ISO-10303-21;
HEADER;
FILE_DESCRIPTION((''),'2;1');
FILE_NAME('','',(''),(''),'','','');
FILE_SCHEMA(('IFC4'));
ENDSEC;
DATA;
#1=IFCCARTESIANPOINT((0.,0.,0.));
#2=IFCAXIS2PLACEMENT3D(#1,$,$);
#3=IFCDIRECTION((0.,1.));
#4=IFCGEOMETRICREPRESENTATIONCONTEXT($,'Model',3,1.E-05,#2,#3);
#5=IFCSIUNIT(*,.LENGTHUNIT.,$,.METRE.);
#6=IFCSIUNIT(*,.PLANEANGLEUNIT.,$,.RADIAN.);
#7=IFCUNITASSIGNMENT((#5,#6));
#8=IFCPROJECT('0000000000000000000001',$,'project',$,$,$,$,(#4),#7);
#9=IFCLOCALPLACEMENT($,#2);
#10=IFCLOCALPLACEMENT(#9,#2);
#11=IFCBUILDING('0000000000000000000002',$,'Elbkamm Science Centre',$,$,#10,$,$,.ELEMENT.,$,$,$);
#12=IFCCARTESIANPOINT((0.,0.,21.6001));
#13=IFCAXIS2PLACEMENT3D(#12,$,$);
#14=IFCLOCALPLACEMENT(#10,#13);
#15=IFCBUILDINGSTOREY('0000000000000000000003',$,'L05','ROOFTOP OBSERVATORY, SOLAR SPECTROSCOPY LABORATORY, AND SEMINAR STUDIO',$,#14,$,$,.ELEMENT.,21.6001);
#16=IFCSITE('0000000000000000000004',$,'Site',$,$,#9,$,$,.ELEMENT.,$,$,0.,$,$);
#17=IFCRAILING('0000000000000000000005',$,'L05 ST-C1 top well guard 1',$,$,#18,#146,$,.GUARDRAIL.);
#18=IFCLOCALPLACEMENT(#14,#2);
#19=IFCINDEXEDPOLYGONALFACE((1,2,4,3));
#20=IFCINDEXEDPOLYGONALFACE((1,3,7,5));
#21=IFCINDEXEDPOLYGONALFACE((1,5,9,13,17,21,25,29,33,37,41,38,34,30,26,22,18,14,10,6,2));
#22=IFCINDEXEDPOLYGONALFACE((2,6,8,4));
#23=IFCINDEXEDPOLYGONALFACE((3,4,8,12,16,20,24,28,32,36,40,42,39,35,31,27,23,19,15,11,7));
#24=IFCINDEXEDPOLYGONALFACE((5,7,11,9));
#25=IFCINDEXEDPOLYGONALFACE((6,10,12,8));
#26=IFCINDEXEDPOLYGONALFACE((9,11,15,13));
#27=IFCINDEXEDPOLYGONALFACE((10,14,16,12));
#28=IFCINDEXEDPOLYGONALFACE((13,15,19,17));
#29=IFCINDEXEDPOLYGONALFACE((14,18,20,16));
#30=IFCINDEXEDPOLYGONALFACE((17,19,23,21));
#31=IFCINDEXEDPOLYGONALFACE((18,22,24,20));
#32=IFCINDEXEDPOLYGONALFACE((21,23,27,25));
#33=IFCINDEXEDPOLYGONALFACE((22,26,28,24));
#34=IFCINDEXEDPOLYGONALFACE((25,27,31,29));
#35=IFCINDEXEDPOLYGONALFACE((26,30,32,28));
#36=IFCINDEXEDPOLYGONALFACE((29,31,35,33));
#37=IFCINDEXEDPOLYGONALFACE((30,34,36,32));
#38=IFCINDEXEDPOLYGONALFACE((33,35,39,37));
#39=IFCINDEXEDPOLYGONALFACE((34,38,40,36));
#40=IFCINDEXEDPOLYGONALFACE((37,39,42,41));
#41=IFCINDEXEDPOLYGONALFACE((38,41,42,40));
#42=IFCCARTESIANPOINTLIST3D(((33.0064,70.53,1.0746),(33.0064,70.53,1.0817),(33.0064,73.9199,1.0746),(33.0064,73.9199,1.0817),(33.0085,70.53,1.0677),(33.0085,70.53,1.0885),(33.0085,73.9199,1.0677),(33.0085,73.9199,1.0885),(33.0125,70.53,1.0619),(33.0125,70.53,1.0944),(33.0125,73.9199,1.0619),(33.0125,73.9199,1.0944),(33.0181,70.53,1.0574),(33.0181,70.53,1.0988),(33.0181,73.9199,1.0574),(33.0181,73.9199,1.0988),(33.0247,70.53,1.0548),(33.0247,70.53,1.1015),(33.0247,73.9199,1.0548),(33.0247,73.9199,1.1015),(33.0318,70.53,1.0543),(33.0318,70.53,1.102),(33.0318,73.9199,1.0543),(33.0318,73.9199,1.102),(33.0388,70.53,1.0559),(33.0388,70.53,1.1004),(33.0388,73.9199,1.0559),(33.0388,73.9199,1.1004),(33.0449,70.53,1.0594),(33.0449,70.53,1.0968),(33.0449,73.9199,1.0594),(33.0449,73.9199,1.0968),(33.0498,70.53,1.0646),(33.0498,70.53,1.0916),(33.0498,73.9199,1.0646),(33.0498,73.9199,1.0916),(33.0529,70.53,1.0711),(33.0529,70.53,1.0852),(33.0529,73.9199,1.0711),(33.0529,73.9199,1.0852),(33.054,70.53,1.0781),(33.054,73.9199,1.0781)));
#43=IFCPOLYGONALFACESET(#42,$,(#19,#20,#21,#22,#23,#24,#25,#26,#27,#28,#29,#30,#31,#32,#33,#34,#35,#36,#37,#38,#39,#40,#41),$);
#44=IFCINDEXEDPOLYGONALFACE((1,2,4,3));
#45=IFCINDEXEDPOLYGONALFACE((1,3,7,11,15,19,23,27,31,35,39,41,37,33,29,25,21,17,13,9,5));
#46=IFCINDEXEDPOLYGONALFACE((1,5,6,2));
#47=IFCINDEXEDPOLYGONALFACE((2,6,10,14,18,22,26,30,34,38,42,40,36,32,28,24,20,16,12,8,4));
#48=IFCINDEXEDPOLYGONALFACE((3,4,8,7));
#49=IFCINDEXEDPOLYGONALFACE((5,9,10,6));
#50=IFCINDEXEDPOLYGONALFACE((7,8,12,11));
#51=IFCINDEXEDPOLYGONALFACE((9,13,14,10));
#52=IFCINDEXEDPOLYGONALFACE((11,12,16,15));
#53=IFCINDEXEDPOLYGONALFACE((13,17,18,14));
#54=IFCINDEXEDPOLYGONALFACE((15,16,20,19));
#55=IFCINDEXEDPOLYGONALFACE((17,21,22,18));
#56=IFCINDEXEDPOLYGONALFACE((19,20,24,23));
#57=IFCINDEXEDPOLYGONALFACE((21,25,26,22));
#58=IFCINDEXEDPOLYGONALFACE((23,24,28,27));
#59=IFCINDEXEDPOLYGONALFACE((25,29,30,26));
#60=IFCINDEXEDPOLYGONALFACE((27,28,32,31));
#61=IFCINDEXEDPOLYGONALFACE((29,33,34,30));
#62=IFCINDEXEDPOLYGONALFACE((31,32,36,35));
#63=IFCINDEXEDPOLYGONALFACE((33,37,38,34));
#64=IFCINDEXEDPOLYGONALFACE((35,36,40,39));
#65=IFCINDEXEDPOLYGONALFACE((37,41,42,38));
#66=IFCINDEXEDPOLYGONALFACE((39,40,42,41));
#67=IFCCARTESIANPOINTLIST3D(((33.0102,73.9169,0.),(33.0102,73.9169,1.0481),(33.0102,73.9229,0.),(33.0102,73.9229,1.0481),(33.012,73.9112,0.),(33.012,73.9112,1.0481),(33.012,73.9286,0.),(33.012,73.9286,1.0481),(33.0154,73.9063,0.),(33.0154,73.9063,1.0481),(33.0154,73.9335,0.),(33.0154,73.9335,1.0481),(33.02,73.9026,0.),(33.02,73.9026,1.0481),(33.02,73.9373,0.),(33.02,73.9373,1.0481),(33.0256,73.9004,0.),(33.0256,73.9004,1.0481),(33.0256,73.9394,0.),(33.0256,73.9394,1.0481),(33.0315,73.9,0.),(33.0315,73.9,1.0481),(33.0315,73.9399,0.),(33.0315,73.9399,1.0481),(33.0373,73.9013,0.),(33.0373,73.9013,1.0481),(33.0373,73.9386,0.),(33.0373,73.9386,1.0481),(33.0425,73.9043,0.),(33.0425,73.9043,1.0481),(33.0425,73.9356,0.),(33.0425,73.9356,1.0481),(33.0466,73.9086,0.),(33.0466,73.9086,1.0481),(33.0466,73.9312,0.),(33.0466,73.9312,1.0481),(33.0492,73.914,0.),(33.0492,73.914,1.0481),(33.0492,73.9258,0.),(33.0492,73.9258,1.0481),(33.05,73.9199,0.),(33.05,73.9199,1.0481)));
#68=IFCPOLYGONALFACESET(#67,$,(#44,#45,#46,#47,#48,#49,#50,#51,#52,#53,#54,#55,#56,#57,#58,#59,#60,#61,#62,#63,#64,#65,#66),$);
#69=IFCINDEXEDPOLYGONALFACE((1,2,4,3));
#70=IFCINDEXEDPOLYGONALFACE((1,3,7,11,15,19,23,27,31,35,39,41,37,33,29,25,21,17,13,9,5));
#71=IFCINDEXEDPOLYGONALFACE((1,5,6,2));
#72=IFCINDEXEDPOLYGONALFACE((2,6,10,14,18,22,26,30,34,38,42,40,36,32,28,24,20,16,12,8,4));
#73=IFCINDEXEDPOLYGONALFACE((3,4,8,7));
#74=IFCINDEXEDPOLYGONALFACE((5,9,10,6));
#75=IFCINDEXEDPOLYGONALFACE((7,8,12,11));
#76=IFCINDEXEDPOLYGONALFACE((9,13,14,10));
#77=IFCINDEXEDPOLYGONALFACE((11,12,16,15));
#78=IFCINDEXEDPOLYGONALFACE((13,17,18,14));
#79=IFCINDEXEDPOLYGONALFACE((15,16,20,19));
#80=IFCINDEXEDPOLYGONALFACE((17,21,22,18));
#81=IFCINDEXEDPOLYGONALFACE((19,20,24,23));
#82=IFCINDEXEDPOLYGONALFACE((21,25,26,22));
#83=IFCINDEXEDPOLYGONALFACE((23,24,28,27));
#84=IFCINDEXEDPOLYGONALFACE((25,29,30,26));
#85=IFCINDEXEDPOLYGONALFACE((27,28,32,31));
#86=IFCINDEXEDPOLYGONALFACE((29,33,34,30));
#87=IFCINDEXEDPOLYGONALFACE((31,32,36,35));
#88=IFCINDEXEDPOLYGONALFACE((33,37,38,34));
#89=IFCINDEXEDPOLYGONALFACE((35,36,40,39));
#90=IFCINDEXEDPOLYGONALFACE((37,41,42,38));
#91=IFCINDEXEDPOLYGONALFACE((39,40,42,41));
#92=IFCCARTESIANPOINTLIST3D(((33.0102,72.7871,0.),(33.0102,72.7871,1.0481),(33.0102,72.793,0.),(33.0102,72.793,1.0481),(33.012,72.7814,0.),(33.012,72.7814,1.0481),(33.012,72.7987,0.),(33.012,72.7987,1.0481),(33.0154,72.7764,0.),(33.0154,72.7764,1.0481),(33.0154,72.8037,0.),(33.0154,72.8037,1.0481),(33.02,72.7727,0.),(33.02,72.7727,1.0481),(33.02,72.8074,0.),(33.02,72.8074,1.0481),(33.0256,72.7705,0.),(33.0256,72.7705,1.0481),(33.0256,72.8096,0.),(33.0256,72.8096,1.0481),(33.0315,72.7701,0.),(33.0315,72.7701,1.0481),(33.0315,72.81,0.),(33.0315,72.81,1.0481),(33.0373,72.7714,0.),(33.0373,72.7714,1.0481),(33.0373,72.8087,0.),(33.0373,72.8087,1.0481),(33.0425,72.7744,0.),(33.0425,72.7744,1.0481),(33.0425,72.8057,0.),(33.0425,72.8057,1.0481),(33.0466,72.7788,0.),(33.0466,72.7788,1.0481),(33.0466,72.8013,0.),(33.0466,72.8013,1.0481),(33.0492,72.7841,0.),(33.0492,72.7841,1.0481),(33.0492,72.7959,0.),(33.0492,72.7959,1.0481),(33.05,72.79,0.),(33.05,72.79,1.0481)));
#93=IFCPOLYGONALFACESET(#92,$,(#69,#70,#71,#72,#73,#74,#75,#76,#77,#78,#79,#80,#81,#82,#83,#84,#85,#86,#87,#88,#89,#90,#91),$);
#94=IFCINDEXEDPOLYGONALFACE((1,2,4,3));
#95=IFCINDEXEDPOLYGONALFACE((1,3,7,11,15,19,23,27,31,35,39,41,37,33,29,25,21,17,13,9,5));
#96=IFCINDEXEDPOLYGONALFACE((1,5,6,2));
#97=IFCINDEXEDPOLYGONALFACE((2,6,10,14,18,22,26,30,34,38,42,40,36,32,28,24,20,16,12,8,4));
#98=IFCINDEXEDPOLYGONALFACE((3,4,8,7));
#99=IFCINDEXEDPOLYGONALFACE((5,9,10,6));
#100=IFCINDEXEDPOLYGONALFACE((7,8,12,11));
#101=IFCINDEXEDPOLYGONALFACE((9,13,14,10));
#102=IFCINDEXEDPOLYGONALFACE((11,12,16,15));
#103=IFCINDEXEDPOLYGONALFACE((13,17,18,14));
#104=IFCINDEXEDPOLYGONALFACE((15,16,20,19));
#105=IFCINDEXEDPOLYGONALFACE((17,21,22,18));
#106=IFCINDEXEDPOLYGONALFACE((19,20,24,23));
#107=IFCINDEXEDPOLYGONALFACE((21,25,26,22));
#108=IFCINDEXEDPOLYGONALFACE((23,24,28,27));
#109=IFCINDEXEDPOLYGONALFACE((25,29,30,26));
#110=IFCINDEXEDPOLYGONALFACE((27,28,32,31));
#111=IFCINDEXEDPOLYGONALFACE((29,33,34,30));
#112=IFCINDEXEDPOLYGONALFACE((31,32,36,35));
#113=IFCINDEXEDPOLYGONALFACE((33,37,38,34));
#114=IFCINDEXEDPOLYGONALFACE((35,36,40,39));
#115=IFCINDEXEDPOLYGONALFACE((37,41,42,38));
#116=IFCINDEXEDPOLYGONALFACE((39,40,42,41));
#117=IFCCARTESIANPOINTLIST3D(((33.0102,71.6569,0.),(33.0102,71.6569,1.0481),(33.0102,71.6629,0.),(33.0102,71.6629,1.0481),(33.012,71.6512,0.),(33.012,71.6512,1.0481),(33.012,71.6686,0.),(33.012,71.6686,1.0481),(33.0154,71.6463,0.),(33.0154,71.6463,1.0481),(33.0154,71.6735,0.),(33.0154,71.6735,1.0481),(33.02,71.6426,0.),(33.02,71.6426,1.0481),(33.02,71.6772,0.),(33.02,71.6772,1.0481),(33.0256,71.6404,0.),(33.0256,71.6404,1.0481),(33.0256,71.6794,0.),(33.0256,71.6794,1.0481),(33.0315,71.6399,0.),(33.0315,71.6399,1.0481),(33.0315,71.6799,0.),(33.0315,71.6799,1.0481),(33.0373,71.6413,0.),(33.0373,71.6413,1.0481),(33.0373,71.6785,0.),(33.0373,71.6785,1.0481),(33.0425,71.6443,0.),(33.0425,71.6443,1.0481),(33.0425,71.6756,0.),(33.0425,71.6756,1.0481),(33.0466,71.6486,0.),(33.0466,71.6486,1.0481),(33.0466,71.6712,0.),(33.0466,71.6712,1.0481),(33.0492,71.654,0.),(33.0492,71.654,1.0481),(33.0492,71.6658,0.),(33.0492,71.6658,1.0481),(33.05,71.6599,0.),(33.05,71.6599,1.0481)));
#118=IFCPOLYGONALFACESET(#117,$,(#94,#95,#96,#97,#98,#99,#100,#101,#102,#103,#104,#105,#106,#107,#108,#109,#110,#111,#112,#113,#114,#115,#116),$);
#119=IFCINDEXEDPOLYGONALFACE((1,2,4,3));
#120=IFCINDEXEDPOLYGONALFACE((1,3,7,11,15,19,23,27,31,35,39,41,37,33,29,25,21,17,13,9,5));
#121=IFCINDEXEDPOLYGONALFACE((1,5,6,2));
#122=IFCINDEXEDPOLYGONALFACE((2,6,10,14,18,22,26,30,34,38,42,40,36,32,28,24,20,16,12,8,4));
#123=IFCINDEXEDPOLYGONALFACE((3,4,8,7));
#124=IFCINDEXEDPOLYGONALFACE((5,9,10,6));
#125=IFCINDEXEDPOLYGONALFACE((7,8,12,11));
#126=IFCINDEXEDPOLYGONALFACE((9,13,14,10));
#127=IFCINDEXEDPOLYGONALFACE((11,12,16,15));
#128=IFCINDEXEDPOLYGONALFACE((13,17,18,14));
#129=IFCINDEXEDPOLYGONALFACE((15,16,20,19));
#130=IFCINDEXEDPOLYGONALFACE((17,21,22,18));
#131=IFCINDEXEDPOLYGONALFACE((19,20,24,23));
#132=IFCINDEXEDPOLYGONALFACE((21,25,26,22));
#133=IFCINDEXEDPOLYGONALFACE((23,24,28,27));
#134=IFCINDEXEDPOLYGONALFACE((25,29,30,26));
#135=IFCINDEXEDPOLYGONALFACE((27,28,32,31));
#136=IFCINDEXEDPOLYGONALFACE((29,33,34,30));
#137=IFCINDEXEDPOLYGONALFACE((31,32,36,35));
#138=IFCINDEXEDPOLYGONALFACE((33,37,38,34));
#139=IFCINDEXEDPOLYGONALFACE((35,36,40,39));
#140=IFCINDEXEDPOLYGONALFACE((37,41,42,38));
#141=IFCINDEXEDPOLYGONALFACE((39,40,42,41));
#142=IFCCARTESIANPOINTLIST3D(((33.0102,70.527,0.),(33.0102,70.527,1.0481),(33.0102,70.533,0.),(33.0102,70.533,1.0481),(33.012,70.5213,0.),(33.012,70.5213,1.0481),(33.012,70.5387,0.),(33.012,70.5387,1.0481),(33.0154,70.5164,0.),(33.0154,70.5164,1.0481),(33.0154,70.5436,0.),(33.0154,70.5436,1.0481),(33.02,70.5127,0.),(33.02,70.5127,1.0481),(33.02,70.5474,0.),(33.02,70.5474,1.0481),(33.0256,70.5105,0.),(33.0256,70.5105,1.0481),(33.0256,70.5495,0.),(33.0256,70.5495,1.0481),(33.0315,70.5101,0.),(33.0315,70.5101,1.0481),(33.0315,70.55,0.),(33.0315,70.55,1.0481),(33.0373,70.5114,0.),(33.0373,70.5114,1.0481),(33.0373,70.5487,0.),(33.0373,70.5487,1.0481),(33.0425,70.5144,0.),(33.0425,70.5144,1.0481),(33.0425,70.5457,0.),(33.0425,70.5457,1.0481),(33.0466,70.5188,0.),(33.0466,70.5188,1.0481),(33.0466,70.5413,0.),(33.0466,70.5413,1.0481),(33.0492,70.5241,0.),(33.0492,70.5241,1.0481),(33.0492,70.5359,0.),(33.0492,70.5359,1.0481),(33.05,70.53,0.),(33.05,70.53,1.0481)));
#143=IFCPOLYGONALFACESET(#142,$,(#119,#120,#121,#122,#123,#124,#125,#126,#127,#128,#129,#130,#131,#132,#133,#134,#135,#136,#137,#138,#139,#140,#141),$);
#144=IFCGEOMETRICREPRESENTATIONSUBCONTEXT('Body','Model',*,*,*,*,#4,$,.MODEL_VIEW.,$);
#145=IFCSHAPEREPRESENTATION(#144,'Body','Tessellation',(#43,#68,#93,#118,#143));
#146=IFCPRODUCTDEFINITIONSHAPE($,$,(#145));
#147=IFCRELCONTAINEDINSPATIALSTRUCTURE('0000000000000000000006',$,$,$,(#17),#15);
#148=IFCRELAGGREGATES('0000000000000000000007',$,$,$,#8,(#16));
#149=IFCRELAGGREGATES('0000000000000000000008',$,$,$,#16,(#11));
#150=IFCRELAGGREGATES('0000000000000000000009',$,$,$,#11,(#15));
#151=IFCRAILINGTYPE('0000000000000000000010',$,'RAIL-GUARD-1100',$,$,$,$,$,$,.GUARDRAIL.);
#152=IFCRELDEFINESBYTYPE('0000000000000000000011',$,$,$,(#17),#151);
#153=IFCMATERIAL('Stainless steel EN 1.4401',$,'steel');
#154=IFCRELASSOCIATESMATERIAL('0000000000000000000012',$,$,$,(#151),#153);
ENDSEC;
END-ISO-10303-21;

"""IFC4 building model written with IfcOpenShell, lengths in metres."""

from ifc_helpers import new_model, si_unit, direction, frame, origin, origin_2d, place, context, subcontext, project, spatial, circle, extrude, material, type_object, element, save


model = new_model("IFC4")

# Units and contexts
model_context = context("Model", 3, precision=1e-05, world=origin(), true_north=direction((0.0, 1.0)))
body_context = subcontext(model_context, "Body", "Model", "MODEL_VIEW")
ifc_project = project(units=[si_unit("LENGTHUNIT", "METRE"), si_unit("PLANEANGLEUNIT", "RADIAN")], contexts=[model_context])

# Site, building, storey
site_placement = place(None, origin())
site = spatial("IfcSite", under=ifc_project, at=site_placement, Name="Site", CompositionType="ELEMENT", RefElevation=0.0)
building_placement = place(site_placement, origin())
building = spatial("IfcBuilding", under=site, at=building_placement, Name="Elbkamm Science Centre", CompositionType="ELEMENT")
storey_placement = place(building_placement, frame((0.0, 0.0, 21.6001)))
storey = spatial("IfcBuildingStorey", under=building, at=storey_placement, Name="L05", Description="ROOFTOP OBSERVATORY, SOLAR SPECTROSCOPY LABORATORY, AND SEMINAR STUDIO", CompositionType="ELEMENT", Elevation=21.6001)

# Railing
ifc_material_1 = material(Name="Stainless steel EN 1.4401", Category="steel")
railing_type_1 = type_object("IfcRailingType", Name="RAIL-GUARD-1100", PredefinedType="GUARDRAIL", material=ifc_material_1)
railing_1_placement = place(storey_placement, frame((33.03, 73.9199, 0.0)))
element("IfcRailing", 1, at=railing_1_placement, inside=storey, type_object=railing_type_1, Name="L05 ST-C1 top well guard 1", PredefinedType="GUARDRAIL", context=body_context, shape_type="SweptSolid", body=[
    extrude(circle(Radius=0.0239, at=origin_2d()), frame((0.0, 0.0, 1.0781), z_axis=(0.0, -1.0, 0.0), x_axis=(1.0, 0.0, 0.0)), (0.0, 0.0, 1.0), 3.3899),
    extrude(circle(Radius=0.02, at=origin_2d()), origin(), (0.0, 0.0, 1.0), 1.0481),
    extrude(circle(Radius=0.02, at=origin_2d()), frame((0.0, -1.1299, 0.0)), (0.0, 0.0, 1.0), 1.0481),
    extrude(circle(Radius=0.02, at=origin_2d()), frame((0.0, -2.26, 0.0)), (0.0, 0.0, 1.0), 1.0481),
    extrude(circle(Radius=0.02, at=origin_2d()), frame((0.0, -3.3899, 0.0)), (0.0, 0.0, 1.0), 1.0481),
])

save(model, "model.ifc")
